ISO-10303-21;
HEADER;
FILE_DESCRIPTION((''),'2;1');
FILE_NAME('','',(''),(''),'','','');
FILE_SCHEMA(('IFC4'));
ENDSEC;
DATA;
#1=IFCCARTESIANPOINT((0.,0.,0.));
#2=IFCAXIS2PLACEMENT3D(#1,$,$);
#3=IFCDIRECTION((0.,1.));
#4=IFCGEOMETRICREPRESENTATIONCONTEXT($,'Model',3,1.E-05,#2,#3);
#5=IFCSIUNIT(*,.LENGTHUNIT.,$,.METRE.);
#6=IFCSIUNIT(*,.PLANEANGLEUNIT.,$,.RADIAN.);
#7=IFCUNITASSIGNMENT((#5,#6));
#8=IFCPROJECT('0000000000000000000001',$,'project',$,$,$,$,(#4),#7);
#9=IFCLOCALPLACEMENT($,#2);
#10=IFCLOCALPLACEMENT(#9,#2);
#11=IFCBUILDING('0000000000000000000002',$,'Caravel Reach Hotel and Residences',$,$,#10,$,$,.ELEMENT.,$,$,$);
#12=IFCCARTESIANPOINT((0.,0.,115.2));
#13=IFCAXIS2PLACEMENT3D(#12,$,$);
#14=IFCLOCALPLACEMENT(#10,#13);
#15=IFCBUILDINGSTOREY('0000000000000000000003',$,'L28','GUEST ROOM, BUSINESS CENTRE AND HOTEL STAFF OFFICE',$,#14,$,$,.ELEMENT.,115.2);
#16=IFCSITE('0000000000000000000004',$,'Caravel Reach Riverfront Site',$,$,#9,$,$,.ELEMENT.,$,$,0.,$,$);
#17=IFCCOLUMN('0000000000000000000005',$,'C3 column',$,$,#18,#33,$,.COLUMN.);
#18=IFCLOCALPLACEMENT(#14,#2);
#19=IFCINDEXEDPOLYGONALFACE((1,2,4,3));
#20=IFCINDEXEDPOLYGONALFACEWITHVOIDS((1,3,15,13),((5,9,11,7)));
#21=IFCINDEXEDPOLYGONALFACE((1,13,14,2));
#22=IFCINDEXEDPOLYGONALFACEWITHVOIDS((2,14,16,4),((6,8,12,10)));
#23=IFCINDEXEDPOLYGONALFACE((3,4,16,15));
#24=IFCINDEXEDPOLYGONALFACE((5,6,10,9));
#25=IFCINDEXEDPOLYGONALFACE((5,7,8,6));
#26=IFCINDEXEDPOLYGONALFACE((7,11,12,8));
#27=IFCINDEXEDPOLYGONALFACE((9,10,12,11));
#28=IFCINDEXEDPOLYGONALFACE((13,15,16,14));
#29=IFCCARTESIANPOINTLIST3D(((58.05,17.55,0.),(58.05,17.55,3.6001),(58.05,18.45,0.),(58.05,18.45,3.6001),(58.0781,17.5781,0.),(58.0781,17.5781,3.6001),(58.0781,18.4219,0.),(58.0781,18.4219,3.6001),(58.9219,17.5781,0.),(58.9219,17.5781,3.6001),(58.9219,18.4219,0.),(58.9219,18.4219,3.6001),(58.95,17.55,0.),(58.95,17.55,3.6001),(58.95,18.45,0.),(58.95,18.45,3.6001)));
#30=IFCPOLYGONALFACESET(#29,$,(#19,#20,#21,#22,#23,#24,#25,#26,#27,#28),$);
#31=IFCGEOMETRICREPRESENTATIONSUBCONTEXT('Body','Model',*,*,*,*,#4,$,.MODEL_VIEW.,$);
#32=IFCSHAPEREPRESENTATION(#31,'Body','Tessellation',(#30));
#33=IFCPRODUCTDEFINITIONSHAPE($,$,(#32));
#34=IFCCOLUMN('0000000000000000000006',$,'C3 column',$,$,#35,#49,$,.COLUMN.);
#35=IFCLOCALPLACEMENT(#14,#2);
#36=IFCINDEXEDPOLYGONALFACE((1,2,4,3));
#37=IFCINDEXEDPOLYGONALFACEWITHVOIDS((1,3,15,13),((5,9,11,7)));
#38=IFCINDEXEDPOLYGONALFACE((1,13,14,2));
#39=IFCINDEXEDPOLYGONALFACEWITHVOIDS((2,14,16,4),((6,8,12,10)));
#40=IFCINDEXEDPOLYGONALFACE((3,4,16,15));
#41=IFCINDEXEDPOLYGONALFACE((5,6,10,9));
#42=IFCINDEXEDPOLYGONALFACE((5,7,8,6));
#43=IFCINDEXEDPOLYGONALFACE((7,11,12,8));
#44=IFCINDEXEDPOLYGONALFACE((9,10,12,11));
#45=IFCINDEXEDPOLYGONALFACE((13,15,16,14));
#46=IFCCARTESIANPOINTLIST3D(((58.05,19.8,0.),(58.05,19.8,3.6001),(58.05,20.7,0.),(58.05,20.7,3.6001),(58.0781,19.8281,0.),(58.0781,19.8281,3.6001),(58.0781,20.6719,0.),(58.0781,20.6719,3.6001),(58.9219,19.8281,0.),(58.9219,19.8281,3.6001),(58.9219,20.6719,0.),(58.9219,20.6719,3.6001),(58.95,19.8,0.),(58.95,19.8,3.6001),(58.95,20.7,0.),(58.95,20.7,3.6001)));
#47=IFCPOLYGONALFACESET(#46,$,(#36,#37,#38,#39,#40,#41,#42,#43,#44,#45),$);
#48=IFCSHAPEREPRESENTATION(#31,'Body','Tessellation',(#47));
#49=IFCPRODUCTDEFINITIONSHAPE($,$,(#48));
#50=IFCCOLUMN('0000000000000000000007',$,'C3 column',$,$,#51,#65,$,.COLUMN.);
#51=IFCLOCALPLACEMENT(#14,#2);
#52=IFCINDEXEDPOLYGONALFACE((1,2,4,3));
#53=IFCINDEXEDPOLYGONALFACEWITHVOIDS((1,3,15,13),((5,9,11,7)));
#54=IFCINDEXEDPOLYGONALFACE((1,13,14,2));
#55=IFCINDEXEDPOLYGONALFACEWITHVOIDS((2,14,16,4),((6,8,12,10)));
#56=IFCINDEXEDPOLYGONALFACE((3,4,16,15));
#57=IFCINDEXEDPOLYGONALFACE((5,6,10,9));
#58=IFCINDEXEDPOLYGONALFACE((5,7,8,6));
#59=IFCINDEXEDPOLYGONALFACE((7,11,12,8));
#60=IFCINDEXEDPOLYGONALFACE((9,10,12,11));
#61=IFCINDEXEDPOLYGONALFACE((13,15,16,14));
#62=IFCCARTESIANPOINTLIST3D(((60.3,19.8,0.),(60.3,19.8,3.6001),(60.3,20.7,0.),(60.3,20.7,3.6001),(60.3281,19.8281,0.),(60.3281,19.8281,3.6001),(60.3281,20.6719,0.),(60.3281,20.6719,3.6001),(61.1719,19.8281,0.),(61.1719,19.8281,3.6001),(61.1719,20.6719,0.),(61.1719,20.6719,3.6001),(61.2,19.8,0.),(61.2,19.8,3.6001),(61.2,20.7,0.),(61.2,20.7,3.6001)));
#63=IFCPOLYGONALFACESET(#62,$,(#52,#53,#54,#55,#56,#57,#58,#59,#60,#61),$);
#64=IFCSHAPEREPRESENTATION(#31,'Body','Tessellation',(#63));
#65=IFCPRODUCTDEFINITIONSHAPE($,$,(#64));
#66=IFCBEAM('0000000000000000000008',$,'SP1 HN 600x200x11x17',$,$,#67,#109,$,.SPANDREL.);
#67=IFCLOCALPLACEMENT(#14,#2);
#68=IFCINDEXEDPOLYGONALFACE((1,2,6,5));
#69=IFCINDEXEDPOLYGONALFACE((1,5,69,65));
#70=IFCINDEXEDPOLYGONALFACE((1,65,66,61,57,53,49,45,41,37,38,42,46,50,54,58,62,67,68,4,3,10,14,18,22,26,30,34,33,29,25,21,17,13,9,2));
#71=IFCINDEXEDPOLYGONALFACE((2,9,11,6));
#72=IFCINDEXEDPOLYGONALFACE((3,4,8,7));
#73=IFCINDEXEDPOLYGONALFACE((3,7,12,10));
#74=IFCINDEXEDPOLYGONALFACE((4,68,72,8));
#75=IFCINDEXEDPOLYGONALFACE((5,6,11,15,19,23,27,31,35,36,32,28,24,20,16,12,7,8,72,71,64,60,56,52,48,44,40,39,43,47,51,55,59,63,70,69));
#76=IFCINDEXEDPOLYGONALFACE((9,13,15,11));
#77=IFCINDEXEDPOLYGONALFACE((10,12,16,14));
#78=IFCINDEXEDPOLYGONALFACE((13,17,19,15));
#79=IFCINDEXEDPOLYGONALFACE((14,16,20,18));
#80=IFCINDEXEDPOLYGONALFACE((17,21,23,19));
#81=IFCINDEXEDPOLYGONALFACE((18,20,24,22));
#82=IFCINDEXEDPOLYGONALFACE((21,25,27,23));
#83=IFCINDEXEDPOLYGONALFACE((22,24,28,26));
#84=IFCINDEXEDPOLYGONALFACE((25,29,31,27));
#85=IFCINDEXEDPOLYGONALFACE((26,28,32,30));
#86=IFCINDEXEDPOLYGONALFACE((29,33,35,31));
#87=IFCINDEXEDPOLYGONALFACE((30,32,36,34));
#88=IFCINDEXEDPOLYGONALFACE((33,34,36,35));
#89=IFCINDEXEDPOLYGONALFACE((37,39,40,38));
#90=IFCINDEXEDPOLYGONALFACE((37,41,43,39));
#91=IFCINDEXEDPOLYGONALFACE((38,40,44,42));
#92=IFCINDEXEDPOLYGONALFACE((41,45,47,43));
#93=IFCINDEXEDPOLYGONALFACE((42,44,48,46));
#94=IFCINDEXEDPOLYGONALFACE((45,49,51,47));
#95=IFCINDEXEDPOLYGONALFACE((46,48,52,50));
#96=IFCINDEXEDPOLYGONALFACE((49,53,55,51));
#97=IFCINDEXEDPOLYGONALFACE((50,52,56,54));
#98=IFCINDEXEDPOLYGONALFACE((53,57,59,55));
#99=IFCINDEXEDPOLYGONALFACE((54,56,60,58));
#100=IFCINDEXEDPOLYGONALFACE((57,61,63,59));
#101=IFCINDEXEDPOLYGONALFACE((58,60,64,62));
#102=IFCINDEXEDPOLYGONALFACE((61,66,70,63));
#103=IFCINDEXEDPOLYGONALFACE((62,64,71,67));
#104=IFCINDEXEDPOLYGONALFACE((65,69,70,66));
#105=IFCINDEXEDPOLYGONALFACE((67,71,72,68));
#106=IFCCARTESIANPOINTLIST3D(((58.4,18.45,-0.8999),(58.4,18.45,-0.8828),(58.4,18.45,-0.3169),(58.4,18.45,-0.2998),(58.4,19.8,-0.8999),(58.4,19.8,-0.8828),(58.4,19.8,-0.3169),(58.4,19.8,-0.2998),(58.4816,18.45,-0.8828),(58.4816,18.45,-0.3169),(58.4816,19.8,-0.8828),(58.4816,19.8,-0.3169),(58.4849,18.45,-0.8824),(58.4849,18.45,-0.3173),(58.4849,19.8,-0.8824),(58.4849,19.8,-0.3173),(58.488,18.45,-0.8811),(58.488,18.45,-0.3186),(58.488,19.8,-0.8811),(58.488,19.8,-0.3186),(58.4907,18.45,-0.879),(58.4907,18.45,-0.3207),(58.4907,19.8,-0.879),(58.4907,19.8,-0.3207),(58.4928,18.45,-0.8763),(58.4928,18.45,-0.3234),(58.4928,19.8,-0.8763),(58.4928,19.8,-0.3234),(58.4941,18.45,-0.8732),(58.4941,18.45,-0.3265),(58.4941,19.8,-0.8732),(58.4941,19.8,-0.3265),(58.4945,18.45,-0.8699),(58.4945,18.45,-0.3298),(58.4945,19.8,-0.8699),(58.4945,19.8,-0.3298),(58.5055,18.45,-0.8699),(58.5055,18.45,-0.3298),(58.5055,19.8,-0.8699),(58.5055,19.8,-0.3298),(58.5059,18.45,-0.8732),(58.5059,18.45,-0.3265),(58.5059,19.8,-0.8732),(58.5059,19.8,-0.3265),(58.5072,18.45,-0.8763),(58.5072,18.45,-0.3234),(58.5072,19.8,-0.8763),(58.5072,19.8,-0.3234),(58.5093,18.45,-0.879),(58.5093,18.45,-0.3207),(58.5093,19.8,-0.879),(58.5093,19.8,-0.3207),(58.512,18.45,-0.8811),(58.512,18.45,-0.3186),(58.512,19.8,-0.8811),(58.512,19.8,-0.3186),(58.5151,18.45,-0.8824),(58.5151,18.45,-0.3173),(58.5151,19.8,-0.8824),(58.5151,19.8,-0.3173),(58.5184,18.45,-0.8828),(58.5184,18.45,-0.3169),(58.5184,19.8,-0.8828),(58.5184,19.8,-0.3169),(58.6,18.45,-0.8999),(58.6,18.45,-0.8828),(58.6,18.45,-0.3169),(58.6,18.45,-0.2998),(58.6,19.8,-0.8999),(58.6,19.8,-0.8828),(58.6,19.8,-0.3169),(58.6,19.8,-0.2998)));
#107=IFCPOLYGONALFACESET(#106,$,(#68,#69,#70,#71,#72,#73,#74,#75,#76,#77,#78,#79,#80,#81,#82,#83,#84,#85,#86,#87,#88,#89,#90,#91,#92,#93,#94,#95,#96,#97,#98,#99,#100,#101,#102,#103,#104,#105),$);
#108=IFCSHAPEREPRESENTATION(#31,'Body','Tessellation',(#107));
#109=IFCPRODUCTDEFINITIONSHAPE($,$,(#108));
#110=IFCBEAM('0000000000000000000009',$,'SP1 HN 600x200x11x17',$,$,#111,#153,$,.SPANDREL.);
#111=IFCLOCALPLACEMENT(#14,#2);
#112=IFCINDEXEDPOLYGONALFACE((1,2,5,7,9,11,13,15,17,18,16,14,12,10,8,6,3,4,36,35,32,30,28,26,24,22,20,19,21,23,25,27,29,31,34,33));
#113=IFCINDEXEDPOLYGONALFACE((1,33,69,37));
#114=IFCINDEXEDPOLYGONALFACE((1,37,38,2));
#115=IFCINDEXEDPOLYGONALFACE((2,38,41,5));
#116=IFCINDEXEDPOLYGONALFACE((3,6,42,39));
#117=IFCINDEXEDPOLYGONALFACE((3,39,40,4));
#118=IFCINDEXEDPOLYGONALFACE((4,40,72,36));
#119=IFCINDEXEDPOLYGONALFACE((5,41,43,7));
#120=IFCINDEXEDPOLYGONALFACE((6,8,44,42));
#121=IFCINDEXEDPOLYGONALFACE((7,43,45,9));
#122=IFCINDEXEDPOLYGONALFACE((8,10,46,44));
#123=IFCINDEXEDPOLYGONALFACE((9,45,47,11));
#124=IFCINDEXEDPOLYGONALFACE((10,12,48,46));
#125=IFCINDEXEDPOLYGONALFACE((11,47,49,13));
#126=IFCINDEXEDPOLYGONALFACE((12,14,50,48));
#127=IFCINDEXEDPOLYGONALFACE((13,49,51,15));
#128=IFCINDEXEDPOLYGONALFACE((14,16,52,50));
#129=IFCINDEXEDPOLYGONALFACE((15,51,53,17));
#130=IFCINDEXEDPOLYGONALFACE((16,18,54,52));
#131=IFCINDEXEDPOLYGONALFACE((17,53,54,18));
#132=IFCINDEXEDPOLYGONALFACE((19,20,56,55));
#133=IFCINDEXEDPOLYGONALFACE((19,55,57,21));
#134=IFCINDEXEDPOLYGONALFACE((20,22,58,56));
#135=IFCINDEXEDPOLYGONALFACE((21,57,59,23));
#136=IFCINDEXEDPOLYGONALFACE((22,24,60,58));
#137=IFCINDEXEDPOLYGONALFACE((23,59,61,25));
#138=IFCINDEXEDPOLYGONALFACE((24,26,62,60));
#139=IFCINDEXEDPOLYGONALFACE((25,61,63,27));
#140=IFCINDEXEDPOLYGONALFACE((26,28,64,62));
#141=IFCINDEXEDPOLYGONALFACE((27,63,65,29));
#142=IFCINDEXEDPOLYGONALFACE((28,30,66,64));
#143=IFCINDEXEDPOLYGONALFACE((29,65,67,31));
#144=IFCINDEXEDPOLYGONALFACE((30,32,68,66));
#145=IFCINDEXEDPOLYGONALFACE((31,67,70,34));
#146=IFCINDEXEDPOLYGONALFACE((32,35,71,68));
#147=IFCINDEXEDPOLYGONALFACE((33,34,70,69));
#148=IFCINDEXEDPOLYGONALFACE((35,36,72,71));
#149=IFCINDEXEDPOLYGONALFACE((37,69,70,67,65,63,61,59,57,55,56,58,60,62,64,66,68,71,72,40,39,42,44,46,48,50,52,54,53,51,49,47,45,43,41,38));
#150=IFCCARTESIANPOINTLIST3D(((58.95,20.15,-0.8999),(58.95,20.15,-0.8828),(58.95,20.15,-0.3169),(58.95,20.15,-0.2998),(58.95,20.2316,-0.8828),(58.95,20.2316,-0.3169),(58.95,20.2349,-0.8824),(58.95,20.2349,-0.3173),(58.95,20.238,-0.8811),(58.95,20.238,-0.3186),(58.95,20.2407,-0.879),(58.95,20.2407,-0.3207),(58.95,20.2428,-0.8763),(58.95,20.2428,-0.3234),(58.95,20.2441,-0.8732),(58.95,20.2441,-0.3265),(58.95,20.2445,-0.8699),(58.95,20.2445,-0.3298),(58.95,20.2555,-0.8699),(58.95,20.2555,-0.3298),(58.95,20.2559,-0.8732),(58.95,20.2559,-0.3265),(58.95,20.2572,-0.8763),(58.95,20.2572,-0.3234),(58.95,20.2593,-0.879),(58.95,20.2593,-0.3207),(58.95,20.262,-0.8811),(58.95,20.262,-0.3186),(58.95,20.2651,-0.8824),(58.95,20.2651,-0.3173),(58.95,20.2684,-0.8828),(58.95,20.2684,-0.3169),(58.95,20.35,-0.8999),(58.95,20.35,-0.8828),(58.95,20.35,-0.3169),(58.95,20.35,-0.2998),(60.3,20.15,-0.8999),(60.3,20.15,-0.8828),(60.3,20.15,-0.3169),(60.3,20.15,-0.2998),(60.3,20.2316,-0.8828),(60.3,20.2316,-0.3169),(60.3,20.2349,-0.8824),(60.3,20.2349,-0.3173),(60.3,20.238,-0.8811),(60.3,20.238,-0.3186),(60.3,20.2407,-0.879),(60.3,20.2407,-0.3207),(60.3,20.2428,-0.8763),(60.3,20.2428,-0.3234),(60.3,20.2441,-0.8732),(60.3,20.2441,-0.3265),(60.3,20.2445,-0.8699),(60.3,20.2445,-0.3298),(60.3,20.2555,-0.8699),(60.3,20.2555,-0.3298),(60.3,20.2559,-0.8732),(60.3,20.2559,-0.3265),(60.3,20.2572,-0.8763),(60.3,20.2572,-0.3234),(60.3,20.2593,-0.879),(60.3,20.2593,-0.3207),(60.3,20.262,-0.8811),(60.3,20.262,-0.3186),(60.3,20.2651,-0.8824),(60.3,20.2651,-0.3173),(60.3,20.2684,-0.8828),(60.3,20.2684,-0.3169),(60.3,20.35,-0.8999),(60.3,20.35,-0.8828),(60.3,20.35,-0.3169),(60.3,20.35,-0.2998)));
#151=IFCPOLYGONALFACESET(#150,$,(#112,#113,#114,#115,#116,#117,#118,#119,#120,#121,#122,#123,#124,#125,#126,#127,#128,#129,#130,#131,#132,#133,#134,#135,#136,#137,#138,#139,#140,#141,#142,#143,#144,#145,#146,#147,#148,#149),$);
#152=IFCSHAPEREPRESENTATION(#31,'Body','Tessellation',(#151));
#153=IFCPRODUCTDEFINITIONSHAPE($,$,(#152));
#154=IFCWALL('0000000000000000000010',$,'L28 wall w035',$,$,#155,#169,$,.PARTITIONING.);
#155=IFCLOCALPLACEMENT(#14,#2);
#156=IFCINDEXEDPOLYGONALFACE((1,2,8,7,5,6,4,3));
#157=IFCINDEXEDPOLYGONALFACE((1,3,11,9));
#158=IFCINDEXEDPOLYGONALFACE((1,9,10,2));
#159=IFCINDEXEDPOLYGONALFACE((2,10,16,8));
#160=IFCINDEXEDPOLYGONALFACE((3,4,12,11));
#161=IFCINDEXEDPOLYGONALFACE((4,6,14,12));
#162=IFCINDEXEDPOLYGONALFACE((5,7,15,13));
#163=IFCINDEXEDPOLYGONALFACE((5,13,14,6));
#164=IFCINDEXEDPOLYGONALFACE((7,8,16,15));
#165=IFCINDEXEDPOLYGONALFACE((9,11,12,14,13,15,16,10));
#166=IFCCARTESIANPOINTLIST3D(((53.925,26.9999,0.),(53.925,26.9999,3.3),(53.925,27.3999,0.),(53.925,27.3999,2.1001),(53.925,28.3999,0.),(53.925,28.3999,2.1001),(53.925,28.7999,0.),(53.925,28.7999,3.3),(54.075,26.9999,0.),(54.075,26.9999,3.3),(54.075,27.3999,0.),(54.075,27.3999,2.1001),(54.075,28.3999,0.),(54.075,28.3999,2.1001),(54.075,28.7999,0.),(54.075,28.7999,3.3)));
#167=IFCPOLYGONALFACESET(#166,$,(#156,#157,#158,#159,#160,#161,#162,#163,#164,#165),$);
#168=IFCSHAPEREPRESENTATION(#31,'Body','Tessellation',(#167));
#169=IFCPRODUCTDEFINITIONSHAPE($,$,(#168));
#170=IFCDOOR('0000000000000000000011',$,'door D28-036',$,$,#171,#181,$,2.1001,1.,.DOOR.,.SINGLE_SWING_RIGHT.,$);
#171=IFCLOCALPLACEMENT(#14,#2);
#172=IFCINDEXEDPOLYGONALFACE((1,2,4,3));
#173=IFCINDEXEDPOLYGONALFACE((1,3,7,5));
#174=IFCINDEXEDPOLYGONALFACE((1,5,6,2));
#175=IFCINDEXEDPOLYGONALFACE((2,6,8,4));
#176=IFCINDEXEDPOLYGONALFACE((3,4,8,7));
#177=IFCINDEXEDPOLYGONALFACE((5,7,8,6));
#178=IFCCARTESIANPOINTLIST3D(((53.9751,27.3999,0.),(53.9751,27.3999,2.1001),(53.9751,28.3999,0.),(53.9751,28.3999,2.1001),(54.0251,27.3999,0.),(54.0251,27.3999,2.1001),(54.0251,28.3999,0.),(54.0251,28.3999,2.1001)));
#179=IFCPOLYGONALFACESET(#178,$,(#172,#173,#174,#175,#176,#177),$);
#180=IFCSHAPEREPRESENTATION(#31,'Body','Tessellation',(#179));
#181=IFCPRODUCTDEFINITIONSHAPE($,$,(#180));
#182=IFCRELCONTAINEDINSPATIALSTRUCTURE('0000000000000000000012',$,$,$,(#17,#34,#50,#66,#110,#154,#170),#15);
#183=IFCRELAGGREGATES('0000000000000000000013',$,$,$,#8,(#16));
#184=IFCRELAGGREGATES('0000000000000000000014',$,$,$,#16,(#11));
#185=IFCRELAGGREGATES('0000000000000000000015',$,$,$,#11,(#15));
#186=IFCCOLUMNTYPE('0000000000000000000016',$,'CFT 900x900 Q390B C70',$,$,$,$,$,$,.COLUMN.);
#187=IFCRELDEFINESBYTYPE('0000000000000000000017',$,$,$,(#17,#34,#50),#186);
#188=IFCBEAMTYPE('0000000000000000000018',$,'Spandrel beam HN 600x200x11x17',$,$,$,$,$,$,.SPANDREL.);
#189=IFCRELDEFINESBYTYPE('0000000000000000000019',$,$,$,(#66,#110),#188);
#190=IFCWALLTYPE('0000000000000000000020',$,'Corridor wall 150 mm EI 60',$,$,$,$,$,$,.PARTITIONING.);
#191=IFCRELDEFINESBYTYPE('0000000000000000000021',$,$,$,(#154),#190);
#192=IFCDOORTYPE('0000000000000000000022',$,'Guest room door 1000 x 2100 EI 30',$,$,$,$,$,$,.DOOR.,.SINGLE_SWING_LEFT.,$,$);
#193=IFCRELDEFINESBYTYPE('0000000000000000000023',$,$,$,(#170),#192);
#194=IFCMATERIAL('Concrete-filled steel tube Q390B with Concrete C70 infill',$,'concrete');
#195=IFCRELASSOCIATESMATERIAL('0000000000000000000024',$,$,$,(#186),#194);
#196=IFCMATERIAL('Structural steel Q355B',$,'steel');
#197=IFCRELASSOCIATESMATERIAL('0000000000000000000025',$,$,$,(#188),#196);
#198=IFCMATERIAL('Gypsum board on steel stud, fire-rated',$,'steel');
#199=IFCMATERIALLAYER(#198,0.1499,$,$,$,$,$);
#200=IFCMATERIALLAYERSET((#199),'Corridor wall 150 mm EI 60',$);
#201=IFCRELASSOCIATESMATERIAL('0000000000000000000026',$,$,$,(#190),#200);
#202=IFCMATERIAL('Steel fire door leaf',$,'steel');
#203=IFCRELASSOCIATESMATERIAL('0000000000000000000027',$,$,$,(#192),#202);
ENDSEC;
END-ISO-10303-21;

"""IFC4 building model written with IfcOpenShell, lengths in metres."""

from ifc_helpers import new_model, si_unit, direction, frame, frame_2d, origin, origin_2d, place, context, subcontext, project, spatial, rectangle, hollow_rectangle, i_section, extrude, material, layer, layer_set, material_profile, profile_set, type_object, element, fill, save


model = new_model("IFC4")

# Units and contexts
model_context = context("Model", 3, precision=1e-05, world=origin(), true_north=direction((0.0, 1.0)))
body_context = subcontext(model_context, "Body", "Model", "MODEL_VIEW")
ifc_project = project(units=[si_unit("LENGTHUNIT", "METRE"), si_unit("PLANEANGLEUNIT", "RADIAN")], contexts=[model_context])

# Site, building, storey
site_placement = place(None, origin())
site = spatial("IfcSite", under=ifc_project, at=site_placement, Name="Caravel Reach Riverfront Site", CompositionType="ELEMENT", RefElevation=0.0)
building_placement = place(site_placement, origin())
building = spatial("IfcBuilding", under=site, at=building_placement, Name="Caravel Reach Hotel and Residences", CompositionType="ELEMENT")
storey_placement = place(building_placement, frame((0.0, 0.0, 115.2)))
storey = spatial("IfcBuildingStorey", under=building, at=storey_placement, Name="L28", Description="GUEST ROOM, BUSINESS CENTRE AND HOTEL STAFF OFFICE", CompositionType="ELEMENT", Elevation=115.2)

# Columns
ifc_material_1 = material(Name="Concrete-filled steel tube Q390B with Concrete C70 infill", Category="concrete")
ifc_material_profile_1 = material_profile(ifc_material_1, hollow_rectangle(XDim=0.8999, YDim=0.8999, WallThickness=0.0281, at=origin_2d()), Name="RHS 900x900x28")
ifc_profile_set_1 = profile_set([ifc_material_profile_1], Name="Concrete-filled steel tube Q390B with Concrete C70 infill")
column_type = type_object("IfcColumnType", Name="CFT 900x900 Q390B C70", PredefinedType="COLUMN", material=ifc_profile_set_1)
for number, where, z_axis, x_axis, name in (
    (1, (58.5, 18.0, 0.0), (0.0, 0.0, 1.0), (1.0, 0.0, 0.0), "C3 column"),
    (2, (58.5, 20.25, 0.0), (0.0, 0.0, 1.0), (1.0, 0.0, 0.0), "C3 column"),
    (3, (60.75, 20.25, 0.0), (0.0, 0.0, 1.0), (1.0, 0.0, 0.0), "C3 column"),
):
    element("IfcColumn", number, at=place(storey_placement, frame(where, z_axis=z_axis, x_axis=x_axis)), inside=storey, type_object=column_type, Name=name, PredefinedType="COLUMN", context=body_context, shape_type="SweptSolid", body=[
        extrude(hollow_rectangle(XDim=0.8999, YDim=0.8999, WallThickness=0.0281, at=origin_2d()), origin(), (0.0, 0.0, 1.0), 3.6001),
    ])

# Beams
ifc_material_2 = material(Name="Structural steel Q355B", Category="steel")
ifc_material_profile_2 = material_profile(ifc_material_2, i_section(OverallWidth=0.2, OverallDepth=0.6001, WebThickness=0.011, FlangeThickness=0.0171, FilletRadius=0.0129, at=origin_2d()), Name="HN 600x200x11x17")
ifc_profile_set_2 = profile_set([ifc_material_profile_2], Name="Structural steel Q355B")
beam_type = type_object("IfcBeamType", Name="Spandrel beam HN 600x200x11x17", PredefinedType="SPANDREL", material=ifc_profile_set_2)
for number, where, z_axis, x_axis, name in (
    (4, (58.5, 18.45, -0.5999), (0.0, 1.0, 0.0), (-1.0, 0.0, 0.0), "SP1 HN 600x200x11x17"),
    (5, (58.95, 20.25, -0.5999), (1.0, 0.0, 0.0), (0.0, 1.0, 0.0), "SP1 HN 600x200x11x17"),
):
    element("IfcBeam", number, at=place(storey_placement, frame(where, z_axis=z_axis, x_axis=x_axis)), inside=storey, type_object=beam_type, Name=name, PredefinedType="SPANDREL", context=body_context, shape_type="SweptSolid", body=[
        extrude(i_section(OverallWidth=0.2, OverallDepth=0.6001, WebThickness=0.011, FlangeThickness=0.0171, FilletRadius=0.0129, at=origin_2d()), origin(), (0.0, 0.0, 1.0), 1.3501),
    ])

# Wall, opening, door
ifc_material_3 = material(Name="Gypsum board on steel stud, fire-rated", Category="steel")
ifc_layer_1 = layer(ifc_material_3, 0.1499)
ifc_layer_set_1 = layer_set([ifc_layer_1], Name="Corridor wall 150 mm EI 60")
wall_type_1 = type_object("IfcWallType", Name="Corridor wall 150 mm EI 60", PredefinedType="PARTITIONING", material=ifc_layer_set_1)
wall_1_placement = place(storey_placement, frame((54.0, 27.0, 0.0), z_axis=(0.0, 0.0, 1.0), x_axis=(0.0, 1.0, 0.0)))
wall_1 = element("IfcWall", 6, at=wall_1_placement, inside=storey, type_object=wall_type_1, Name="L28 wall w035", PredefinedType="PARTITIONING", context=body_context, shape_type="SweptSolid", body=[
    extrude(rectangle(XDim=1.8, YDim=0.1499, at=frame_2d((0.8999, 0.0))), origin(), (0.0, 0.0, 1.0), 3.3),
])
opening_1_placement = place(wall_1_placement, frame((0.3999, 0.0, 0.0)))
opening_1 = element("IfcOpeningElement", 7, at=opening_1_placement, cuts=wall_1, PredefinedType="OPENING", context=body_context, shape_type="SweptSolid", body=[
    extrude(rectangle(XDim=1.0, YDim=2.1001, at=frame_2d((0.5, 1.05))), frame((0.0, 0.085, 0.0), z_axis=(0.0, -1.0, 0.0), x_axis=(1.0, 0.0, 0.0)), (0.0, 0.0, 1.0), 0.1699),
])
ifc_material_4 = material(Name="Steel fire door leaf", Category="steel")
door_type = type_object("IfcDoorType", Name="Guest room door 1000 x 2100 EI 30", OperationType="SINGLE_SWING_LEFT", PredefinedType="DOOR", material=ifc_material_4)
door_placement = place(opening_1_placement, origin())
door = element("IfcDoor", 8, at=door_placement, inside=storey, type_object=door_type, Name="door D28-036", OperationType="SINGLE_SWING_RIGHT", OverallHeight=2.1001, OverallWidth=1.0, PredefinedType="DOOR", context=body_context, shape_type="SweptSolid", body=[
    extrude(rectangle(XDim=1.0, YDim=2.1001, at=frame_2d((0.5, 1.05))), frame((0.0, 0.0249, 0.0), z_axis=(0.0, -1.0, 0.0), x_axis=(1.0, 0.0, 0.0)), (0.0, 0.0, 1.0), 0.05),
])
fill(opening_1, door)

save(model, "model.ifc")
